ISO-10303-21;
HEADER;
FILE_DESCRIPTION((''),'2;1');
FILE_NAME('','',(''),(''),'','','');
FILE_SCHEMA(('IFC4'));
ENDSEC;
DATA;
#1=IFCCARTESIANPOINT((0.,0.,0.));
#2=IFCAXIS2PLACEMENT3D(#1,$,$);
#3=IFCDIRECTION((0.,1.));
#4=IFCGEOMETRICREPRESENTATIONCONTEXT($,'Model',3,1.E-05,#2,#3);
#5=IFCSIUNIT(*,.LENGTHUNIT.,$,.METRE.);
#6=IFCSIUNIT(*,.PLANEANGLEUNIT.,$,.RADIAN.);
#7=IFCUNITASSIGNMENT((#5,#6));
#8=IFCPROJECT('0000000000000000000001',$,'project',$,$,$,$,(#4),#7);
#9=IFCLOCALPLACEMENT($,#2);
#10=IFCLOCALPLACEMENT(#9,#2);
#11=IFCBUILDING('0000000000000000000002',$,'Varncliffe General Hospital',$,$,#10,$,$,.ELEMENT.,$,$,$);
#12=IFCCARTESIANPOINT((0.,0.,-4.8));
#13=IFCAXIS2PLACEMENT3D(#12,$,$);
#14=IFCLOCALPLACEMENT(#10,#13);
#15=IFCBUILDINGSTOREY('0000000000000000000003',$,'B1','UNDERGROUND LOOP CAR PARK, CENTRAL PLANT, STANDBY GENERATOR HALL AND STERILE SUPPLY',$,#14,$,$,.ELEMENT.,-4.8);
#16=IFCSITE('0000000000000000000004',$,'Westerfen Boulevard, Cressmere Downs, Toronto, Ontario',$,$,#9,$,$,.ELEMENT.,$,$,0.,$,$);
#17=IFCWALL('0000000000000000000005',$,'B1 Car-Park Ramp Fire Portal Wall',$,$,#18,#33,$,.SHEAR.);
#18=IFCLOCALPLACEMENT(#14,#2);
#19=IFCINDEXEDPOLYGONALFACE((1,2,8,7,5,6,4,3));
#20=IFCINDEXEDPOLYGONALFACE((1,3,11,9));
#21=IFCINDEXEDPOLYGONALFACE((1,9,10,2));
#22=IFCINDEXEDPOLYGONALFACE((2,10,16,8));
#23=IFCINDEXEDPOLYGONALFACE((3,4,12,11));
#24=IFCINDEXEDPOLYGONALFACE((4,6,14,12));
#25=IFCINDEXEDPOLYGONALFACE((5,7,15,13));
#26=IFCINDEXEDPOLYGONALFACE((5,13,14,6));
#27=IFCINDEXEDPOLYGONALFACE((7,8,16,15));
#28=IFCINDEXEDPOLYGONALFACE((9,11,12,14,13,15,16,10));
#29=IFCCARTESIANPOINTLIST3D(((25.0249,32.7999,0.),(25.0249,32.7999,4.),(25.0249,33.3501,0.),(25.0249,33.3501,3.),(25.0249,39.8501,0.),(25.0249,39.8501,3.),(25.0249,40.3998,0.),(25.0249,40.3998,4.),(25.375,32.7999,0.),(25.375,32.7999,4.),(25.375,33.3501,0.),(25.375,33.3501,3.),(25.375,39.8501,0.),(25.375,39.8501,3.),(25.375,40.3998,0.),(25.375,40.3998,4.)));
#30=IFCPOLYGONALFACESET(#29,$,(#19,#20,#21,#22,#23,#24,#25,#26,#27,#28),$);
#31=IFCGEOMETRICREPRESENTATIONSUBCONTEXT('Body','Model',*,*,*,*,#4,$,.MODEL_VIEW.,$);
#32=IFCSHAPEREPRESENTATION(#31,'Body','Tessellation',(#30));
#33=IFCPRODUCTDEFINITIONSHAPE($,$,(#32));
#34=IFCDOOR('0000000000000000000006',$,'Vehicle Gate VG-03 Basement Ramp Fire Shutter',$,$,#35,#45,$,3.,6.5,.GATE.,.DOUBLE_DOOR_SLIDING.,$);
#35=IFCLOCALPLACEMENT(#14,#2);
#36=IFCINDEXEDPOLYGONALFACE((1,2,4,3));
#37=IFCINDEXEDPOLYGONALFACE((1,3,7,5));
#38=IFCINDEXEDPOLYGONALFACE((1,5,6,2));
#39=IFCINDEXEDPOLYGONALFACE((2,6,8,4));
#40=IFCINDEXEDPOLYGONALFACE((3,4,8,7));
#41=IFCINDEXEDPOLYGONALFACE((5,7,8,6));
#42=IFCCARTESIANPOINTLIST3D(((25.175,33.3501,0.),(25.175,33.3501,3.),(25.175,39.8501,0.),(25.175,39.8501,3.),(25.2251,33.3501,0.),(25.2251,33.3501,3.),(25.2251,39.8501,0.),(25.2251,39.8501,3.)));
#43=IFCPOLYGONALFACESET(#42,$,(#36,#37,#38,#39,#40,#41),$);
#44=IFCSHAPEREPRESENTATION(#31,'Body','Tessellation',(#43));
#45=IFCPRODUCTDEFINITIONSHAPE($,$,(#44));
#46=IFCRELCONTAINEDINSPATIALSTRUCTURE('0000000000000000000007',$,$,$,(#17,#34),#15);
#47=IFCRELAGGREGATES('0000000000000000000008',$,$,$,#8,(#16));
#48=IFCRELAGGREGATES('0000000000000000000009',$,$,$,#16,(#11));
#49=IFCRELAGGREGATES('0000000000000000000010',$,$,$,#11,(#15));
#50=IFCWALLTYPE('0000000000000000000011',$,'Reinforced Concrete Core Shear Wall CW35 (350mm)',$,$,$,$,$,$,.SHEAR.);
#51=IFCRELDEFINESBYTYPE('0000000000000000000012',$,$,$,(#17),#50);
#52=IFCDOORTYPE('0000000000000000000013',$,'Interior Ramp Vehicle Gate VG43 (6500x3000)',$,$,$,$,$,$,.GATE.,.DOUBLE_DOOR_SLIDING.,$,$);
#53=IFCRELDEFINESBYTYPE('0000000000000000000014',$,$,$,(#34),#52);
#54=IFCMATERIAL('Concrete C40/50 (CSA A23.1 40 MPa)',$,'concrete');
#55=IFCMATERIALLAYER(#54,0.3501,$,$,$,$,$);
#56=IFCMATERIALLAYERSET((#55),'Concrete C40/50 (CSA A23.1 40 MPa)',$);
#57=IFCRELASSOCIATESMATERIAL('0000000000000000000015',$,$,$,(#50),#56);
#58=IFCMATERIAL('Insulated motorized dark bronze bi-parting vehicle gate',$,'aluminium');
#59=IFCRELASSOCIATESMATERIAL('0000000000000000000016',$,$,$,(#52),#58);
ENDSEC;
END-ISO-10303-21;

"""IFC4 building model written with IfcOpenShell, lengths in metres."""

from ifc_helpers import new_model, si_unit, direction, frame, frame_2d, origin, place, context, subcontext, project, spatial, rectangle, extrude, material, layer, layer_set, type_object, element, fill, save


model = new_model("IFC4")

# Units and contexts
model_context = context("Model", 3, precision=1e-05, world=origin(), true_north=direction((0.0, 1.0)))
body_context = subcontext(model_context, "Body", "Model", "MODEL_VIEW")
ifc_project = project(units=[si_unit("LENGTHUNIT", "METRE"), si_unit("PLANEANGLEUNIT", "RADIAN")], contexts=[model_context])

# Site, building, storey
site_placement = place(None, origin())
site = spatial("IfcSite", under=ifc_project, at=site_placement, Name="Westerfen Boulevard, Cressmere Downs, Toronto, Ontario", CompositionType="ELEMENT", RefElevation=0.0)
building_placement = place(site_placement, origin())
building = spatial("IfcBuilding", under=site, at=building_placement, Name="Varncliffe General Hospital", CompositionType="ELEMENT")
storey_placement = place(building_placement, frame((0.0, 0.0, -4.8)))
storey = spatial("IfcBuildingStorey", under=building, at=storey_placement, Name="B1", Description="UNDERGROUND LOOP CAR PARK, CENTRAL PLANT, STANDBY GENERATOR HALL AND STERILE SUPPLY", CompositionType="ELEMENT", Elevation=-4.8)

# Shared definitions
ifc_material_1 = material(Name="Concrete C40/50 (CSA A23.1 40 MPa)", Category="concrete")

# Wall, opening, door
ifc_layer = layer(ifc_material_1, 0.3501)
ifc_layer_set = layer_set([ifc_layer], Name="Concrete C40/50 (CSA A23.1 40 MPa)")
wall_type = type_object("IfcWallType", Name="Reinforced Concrete Core Shear Wall CW35 (350mm)", PredefinedType="SHEAR", material=ifc_layer_set)
wall_placement = place(storey_placement, frame((25.2, 32.8, 0.0), z_axis=(0.0, 0.0, 1.0), x_axis=(0.0, 1.0, 0.0)))
wall = element("IfcWall", 1, at=wall_placement, inside=storey, type_object=wall_type, Name="B1 Car-Park Ramp Fire Portal Wall", PredefinedType="SHEAR", context=body_context, shape_type="SweptSolid", body=[
    extrude(rectangle(XDim=7.5999, YDim=0.3501, at=frame_2d((3.7998, 0.0))), origin(), (0.0, 0.0, 1.0), 4.0),
])
opening_placement = place(wall_placement, frame((0.55, 0.0, 0.0)))
opening = element("IfcOpeningElement", 2, at=opening_placement, cuts=wall, PredefinedType="OPENING", context=body_context, shape_type="SweptSolid", body=[
    extrude(rectangle(XDim=6.5, YDim=3.0, at=frame_2d((3.25, 1.5))), frame((0.0, 0.1851, 0.0), z_axis=(0.0, -1.0, 0.0), x_axis=(1.0, 0.0, 0.0)), (0.0, 0.0, 1.0), 0.3701),
])
ifc_material_2 = material(Name="Insulated motorized dark bronze bi-parting vehicle gate", Category="aluminium")
door_type = type_object("IfcDoorType", Name="Interior Ramp Vehicle Gate VG43 (6500x3000)", OperationType="DOUBLE_DOOR_SLIDING", PredefinedType="GATE", material=ifc_material_2)
door_placement = place(opening_placement, origin())
door = element("IfcDoor", 3, at=door_placement, inside=storey, type_object=door_type, Name="Vehicle Gate VG-03 Basement Ramp Fire Shutter", OperationType="DOUBLE_DOOR_SLIDING", OverallHeight=3.0, OverallWidth=6.5, PredefinedType="GATE", context=body_context, shape_type="SweptSolid", body=[
    extrude(rectangle(XDim=6.5, YDim=3.0, at=frame_2d((3.25, 1.5))), frame((0.0, 0.0249, 0.0), z_axis=(0.0, -1.0, 0.0), x_axis=(1.0, 0.0, 0.0)), (0.0, 0.0, 1.0), 0.05),
])
fill(opening, door)

save(model, "model.ifc")
